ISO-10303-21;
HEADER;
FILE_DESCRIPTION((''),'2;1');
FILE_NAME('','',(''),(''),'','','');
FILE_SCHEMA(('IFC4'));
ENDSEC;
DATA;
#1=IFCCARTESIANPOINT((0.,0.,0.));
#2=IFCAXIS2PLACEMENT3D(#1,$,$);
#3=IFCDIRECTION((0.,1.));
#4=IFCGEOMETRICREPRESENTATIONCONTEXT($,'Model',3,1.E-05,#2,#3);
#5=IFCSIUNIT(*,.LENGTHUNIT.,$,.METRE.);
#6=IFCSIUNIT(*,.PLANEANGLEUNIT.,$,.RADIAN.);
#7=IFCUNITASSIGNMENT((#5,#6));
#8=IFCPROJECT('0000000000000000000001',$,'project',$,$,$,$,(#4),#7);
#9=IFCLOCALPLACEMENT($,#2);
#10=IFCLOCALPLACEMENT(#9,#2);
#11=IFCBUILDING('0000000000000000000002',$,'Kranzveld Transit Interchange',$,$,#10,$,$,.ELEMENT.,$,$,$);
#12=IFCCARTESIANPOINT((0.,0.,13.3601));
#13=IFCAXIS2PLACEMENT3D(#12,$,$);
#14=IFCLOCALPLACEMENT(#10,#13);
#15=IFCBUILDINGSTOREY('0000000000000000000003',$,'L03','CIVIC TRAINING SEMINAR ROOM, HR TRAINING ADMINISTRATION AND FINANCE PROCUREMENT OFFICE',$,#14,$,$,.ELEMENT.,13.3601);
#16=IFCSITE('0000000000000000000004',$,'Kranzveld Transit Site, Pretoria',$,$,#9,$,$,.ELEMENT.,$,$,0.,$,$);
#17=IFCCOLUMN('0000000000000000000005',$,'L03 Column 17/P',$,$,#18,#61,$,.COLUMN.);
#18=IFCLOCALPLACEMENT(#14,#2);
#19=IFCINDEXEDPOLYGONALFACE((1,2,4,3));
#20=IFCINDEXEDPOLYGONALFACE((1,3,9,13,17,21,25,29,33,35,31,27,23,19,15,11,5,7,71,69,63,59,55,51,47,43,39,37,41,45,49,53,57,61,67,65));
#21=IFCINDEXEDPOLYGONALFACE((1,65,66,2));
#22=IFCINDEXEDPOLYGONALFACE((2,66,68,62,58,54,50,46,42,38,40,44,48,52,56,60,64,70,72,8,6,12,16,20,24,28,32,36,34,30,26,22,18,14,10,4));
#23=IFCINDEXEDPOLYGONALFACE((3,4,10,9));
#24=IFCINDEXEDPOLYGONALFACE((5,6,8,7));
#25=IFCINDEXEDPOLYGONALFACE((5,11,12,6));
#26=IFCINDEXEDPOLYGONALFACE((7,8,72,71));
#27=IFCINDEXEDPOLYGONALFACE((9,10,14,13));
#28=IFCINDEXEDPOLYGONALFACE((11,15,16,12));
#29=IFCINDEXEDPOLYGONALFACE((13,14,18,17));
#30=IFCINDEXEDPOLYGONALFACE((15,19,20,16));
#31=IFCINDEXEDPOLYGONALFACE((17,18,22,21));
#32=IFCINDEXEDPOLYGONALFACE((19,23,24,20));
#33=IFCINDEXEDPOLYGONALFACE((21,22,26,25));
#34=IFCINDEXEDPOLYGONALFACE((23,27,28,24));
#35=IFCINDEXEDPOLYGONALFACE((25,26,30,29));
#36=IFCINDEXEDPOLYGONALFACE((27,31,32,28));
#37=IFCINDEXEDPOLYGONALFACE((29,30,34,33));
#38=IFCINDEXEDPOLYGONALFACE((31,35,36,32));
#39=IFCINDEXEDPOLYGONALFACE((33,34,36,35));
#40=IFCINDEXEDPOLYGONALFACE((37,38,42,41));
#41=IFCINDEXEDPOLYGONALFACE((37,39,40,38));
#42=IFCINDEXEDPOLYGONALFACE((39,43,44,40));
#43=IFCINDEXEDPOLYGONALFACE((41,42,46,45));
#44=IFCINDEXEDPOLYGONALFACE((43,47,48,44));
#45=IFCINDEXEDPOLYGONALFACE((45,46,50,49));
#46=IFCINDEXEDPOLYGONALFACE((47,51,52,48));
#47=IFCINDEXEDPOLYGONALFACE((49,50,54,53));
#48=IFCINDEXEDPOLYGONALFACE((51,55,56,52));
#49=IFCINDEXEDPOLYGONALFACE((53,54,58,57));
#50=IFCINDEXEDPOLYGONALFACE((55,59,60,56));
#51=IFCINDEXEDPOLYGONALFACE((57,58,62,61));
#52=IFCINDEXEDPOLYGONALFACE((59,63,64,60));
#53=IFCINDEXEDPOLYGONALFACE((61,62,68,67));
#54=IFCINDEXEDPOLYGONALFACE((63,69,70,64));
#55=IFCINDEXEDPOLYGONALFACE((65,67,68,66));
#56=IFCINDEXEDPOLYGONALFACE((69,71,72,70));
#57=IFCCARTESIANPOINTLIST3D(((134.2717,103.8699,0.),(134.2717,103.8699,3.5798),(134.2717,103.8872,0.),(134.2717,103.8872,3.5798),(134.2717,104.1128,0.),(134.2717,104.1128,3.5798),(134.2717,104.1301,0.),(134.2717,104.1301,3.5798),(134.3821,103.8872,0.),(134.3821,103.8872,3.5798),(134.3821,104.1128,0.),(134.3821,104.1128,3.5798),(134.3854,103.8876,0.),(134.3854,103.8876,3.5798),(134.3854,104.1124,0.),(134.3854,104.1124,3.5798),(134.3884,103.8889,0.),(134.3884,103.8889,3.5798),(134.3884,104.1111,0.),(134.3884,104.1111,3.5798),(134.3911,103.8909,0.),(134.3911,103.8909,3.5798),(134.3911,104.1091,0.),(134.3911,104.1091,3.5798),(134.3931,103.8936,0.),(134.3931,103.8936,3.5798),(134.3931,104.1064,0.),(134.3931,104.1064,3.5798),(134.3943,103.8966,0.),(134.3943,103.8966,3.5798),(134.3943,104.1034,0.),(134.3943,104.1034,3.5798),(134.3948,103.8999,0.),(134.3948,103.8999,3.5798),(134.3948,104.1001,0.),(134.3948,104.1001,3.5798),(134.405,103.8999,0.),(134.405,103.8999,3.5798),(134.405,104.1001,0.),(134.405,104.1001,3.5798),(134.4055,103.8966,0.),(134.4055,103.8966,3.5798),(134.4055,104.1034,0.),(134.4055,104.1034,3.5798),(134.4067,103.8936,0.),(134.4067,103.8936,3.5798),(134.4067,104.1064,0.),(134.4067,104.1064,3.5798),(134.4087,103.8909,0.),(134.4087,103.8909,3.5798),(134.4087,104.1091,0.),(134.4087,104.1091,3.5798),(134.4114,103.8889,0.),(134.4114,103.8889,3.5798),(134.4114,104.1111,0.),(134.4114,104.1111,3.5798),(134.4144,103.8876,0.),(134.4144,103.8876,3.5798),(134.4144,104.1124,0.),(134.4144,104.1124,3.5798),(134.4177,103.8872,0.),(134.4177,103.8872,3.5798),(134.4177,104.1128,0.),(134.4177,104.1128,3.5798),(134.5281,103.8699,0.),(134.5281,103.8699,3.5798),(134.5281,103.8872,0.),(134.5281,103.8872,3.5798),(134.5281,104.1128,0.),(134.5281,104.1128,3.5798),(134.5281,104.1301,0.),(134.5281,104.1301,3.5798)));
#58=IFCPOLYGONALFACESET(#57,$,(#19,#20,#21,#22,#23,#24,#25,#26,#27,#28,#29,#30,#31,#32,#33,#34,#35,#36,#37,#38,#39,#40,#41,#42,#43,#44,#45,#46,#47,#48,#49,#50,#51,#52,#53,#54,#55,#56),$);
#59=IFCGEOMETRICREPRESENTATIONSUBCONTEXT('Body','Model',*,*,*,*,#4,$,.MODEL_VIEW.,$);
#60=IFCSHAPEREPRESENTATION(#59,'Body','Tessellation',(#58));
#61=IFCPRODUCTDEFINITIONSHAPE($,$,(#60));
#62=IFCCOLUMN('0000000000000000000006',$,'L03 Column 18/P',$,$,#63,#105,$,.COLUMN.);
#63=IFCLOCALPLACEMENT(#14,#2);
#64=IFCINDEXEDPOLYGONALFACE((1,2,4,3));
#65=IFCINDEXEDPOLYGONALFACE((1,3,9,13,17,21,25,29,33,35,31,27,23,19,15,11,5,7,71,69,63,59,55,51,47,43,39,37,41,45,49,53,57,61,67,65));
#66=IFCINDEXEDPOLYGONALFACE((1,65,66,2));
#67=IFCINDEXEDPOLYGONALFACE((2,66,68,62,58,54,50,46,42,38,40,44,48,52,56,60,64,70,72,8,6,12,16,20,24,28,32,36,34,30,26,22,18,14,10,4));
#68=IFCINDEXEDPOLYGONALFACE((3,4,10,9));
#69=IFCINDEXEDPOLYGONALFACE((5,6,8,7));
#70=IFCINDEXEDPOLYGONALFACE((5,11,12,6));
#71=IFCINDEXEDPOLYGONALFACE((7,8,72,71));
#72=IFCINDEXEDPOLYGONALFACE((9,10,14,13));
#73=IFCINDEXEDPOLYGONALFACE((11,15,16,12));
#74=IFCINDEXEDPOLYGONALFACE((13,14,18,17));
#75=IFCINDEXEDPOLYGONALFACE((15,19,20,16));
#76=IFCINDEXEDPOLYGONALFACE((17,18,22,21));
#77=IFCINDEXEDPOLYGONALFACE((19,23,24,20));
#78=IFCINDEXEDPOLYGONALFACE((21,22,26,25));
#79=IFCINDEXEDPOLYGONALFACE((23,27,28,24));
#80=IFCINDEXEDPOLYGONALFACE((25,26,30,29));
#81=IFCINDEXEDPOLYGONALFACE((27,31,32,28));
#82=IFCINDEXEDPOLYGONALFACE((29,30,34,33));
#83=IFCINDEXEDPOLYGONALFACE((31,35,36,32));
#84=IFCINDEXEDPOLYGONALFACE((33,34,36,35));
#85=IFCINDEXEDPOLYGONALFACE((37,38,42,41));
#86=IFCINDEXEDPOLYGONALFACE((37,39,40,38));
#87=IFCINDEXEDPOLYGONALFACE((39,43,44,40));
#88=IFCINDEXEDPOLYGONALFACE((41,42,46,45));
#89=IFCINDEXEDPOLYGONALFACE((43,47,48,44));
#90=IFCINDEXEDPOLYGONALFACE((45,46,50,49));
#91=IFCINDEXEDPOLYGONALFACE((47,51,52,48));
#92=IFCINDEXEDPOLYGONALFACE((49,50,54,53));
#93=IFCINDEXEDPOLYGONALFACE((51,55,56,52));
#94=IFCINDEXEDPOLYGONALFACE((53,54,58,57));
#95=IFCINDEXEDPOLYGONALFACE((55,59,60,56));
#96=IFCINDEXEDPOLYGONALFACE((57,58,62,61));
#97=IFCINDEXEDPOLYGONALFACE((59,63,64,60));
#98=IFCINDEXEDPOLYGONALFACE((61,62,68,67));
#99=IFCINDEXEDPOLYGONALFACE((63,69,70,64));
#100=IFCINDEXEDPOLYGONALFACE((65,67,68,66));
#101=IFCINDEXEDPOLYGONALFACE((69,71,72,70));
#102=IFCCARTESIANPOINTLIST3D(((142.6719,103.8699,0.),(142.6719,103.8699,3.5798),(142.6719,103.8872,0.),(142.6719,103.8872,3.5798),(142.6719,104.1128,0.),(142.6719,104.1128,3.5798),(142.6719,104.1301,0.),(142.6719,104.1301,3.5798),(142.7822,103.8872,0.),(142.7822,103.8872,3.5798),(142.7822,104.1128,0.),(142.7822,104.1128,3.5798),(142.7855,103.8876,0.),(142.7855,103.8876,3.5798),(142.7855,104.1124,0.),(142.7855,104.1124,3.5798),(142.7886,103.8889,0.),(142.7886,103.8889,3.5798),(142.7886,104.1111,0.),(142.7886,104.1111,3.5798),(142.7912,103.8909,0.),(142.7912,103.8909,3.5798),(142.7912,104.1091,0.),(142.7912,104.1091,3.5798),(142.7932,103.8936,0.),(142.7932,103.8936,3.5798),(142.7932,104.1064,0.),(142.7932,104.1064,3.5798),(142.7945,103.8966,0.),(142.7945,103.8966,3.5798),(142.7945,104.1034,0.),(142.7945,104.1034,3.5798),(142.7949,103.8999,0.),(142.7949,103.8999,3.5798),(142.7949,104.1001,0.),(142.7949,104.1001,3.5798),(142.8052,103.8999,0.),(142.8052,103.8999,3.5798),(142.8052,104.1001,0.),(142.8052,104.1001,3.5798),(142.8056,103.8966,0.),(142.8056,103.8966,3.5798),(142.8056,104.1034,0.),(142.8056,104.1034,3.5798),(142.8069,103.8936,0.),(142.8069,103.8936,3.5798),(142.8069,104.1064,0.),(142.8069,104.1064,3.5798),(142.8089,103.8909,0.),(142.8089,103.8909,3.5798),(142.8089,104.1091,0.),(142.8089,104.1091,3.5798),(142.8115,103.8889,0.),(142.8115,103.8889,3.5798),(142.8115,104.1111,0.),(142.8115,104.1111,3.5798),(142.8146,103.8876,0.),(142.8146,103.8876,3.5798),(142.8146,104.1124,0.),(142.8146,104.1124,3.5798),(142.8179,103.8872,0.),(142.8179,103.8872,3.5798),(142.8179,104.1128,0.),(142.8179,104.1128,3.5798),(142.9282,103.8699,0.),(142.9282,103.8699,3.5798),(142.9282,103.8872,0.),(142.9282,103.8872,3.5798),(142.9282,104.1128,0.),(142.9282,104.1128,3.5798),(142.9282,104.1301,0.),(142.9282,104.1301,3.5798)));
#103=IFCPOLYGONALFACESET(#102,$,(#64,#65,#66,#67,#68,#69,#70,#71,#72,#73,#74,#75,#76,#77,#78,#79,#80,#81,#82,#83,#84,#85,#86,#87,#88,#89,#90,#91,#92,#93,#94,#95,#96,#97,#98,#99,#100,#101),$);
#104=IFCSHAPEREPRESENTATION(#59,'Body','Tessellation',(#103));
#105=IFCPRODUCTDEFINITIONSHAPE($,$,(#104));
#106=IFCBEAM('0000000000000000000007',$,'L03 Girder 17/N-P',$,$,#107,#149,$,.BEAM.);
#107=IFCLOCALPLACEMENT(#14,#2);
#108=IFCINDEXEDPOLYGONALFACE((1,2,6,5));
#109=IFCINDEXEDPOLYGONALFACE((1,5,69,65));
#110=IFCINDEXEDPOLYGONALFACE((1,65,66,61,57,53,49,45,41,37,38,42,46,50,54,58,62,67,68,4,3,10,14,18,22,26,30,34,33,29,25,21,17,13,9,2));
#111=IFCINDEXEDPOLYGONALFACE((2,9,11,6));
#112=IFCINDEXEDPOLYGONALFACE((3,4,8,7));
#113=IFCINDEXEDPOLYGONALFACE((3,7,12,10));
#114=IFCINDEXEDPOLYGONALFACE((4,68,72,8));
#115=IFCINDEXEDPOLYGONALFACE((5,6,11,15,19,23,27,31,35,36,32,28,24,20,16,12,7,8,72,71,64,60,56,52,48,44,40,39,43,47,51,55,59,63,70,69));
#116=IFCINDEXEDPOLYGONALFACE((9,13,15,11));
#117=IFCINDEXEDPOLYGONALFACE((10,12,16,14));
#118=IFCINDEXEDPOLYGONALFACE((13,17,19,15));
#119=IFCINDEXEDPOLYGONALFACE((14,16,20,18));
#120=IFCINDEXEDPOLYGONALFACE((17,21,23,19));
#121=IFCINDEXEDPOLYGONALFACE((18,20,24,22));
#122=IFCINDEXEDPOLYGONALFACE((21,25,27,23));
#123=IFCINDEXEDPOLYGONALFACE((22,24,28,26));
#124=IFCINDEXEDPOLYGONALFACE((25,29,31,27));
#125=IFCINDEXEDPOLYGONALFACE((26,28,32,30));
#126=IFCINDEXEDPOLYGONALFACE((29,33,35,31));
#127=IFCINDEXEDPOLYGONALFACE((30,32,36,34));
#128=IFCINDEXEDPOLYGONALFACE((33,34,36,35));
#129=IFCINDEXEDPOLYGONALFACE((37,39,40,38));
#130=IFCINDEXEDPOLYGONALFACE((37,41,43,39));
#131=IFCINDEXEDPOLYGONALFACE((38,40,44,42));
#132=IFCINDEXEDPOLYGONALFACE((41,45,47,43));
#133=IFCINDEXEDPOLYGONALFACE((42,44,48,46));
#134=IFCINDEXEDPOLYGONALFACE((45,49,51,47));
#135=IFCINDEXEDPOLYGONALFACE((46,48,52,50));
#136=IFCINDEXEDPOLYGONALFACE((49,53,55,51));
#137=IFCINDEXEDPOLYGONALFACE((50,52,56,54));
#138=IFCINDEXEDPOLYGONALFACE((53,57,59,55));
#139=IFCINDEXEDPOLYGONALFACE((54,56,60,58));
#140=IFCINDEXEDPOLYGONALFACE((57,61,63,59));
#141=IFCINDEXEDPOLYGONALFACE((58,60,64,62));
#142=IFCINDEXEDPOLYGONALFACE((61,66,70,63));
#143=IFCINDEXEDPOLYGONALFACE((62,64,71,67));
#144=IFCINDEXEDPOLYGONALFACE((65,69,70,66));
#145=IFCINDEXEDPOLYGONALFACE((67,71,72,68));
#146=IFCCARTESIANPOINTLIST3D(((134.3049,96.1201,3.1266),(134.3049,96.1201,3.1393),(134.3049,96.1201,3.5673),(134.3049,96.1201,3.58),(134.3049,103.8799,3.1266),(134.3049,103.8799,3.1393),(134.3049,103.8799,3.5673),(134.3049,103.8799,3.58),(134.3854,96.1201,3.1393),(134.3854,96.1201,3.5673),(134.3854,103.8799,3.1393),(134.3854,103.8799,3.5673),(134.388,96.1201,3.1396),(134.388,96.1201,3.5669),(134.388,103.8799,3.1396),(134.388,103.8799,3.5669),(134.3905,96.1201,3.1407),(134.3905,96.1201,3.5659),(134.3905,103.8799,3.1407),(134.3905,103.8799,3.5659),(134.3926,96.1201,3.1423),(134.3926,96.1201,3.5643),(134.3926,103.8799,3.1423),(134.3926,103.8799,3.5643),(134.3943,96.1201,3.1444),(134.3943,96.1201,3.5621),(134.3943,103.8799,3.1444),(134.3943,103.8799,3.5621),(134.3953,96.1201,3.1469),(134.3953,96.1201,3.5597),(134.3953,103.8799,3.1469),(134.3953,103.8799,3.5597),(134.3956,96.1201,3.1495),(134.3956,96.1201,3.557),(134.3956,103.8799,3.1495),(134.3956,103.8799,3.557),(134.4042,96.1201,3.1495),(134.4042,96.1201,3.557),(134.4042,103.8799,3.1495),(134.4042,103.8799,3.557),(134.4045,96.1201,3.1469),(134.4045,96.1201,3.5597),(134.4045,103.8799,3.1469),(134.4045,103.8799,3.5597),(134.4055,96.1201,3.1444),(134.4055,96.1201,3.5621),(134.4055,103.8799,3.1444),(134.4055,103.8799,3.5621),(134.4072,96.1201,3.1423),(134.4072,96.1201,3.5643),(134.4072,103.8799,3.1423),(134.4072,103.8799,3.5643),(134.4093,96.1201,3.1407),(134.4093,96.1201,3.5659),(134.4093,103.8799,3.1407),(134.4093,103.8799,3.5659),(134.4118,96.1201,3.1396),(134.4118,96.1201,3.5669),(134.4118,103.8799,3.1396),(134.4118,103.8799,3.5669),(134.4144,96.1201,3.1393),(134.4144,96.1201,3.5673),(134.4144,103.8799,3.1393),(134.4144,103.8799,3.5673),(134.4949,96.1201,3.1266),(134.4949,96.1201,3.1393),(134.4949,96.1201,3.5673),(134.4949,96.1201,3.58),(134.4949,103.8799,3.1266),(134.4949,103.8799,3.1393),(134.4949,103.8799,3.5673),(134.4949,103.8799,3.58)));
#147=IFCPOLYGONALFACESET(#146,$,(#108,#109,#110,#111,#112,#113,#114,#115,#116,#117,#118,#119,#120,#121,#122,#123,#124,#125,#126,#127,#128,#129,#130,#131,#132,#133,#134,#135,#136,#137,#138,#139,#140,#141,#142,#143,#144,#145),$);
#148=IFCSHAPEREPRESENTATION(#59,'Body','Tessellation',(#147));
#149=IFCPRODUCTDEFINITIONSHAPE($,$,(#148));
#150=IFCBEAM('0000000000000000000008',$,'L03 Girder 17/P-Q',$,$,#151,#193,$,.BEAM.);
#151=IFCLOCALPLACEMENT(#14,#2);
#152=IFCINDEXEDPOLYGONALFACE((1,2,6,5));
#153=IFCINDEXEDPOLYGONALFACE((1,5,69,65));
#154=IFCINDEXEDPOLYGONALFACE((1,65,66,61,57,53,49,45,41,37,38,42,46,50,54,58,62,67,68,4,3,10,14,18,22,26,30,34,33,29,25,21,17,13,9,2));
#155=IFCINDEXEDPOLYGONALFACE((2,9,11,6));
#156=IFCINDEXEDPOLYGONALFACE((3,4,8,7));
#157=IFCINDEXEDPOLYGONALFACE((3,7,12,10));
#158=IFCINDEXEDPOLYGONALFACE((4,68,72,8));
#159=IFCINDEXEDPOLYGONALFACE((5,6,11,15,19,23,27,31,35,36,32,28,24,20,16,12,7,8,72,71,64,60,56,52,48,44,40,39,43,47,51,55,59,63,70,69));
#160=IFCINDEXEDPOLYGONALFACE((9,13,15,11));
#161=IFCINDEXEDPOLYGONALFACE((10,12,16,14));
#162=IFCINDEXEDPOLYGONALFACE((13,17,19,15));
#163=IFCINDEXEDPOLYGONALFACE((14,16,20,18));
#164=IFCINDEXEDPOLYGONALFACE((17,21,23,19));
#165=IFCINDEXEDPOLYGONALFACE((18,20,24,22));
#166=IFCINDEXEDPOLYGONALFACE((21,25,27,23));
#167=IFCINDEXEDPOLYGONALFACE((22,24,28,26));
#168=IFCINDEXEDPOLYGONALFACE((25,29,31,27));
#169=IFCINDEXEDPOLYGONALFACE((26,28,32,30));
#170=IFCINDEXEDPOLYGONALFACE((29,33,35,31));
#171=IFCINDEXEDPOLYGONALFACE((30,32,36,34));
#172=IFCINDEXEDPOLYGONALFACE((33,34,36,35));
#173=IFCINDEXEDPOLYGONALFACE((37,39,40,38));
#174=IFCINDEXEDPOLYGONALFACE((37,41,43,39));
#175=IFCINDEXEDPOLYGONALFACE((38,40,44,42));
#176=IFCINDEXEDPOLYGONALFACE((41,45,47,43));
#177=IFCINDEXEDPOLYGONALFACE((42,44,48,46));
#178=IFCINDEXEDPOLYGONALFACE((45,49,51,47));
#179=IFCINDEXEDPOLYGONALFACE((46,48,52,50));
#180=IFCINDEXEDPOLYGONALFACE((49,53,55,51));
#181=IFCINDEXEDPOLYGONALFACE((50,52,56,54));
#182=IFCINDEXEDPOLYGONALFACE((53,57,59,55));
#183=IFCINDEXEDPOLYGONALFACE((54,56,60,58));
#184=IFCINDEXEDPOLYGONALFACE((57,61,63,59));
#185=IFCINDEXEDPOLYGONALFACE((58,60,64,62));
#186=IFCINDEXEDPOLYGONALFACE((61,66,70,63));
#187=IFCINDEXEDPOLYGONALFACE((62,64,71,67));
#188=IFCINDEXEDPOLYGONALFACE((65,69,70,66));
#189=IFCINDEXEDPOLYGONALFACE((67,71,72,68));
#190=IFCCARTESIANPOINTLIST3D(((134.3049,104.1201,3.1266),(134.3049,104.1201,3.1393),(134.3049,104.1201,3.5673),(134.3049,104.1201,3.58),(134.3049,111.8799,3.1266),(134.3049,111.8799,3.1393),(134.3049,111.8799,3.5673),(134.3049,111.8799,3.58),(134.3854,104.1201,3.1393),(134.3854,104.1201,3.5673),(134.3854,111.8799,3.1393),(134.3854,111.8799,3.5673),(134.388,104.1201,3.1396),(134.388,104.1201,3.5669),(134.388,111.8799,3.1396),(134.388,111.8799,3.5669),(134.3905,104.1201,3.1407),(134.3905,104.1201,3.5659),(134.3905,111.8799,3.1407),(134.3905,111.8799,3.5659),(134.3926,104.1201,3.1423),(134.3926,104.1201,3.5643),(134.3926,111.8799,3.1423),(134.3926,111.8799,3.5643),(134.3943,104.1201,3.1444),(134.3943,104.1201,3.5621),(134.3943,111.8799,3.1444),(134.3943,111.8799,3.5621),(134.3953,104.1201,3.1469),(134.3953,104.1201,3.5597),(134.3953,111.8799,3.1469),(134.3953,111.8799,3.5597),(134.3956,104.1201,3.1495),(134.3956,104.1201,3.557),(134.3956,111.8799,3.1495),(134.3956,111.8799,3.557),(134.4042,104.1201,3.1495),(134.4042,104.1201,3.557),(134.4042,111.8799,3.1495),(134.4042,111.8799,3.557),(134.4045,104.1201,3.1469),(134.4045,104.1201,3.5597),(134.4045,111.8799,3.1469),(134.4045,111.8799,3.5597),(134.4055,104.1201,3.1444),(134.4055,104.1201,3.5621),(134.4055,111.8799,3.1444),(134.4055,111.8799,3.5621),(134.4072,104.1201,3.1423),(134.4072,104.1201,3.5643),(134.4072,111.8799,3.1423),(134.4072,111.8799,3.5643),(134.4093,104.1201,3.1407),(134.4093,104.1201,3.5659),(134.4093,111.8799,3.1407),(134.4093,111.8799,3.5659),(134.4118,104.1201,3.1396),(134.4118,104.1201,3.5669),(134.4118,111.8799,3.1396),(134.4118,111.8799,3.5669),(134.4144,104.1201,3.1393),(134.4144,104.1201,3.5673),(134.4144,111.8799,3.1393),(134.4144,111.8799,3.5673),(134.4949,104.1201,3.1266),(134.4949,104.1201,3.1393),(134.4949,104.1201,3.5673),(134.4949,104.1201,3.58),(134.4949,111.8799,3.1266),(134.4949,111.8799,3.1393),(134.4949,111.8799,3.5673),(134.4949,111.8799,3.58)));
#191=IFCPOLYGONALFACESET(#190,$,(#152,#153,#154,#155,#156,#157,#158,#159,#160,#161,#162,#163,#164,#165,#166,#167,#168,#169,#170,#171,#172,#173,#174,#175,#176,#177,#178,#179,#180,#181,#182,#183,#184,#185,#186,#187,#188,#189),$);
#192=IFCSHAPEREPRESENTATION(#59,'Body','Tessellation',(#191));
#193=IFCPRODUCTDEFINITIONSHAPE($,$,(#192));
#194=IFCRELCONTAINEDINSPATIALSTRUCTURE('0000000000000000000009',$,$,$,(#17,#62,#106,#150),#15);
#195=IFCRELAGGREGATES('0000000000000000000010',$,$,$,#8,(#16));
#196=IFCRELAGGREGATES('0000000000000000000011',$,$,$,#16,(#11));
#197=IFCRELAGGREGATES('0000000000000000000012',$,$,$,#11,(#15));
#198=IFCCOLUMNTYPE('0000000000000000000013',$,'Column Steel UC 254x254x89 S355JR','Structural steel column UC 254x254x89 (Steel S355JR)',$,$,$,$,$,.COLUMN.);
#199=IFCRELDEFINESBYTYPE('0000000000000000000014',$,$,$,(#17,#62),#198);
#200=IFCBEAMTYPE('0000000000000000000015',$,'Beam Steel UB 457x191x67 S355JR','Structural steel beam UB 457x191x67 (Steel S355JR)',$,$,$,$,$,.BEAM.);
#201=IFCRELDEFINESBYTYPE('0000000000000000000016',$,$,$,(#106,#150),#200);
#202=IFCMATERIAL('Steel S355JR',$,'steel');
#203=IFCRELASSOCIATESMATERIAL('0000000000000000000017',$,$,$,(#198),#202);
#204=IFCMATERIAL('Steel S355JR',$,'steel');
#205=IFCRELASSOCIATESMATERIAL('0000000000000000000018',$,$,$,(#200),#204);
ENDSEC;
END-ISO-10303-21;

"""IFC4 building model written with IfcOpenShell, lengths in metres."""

from ifc_helpers import new_model, si_unit, direction, frame, origin, origin_2d, place, context, subcontext, project, spatial, i_section, extrude, material, material_profile, profile_set, type_object, element, save


model = new_model("IFC4")

# Units and contexts
model_context = context("Model", 3, precision=1e-05, world=origin(), true_north=direction((0.0, 1.0)))
body_context = subcontext(model_context, "Body", "Model", "MODEL_VIEW")
ifc_project = project(units=[si_unit("LENGTHUNIT", "METRE"), si_unit("PLANEANGLEUNIT", "RADIAN")], contexts=[model_context])

# Site, building, storey
site_placement = place(None, origin())
site = spatial("IfcSite", under=ifc_project, at=site_placement, Name="Kranzveld Transit Site, Pretoria", CompositionType="ELEMENT", RefElevation=0.0)
building_placement = place(site_placement, origin())
building = spatial("IfcBuilding", under=site, at=building_placement, Name="Kranzveld Transit Interchange", CompositionType="ELEMENT")
storey_placement = place(building_placement, frame((0.0, 0.0, 13.3601)))
storey = spatial("IfcBuildingStorey", under=building, at=storey_placement, Name="L03", Description="CIVIC TRAINING SEMINAR ROOM, HR TRAINING ADMINISTRATION AND FINANCE PROCUREMENT OFFICE", CompositionType="ELEMENT", Elevation=13.3601)

# Columns
ifc_material_1 = material(Name="Steel S355JR", Category="steel")
ifc_material_profile_1 = material_profile(ifc_material_1, i_section(OverallWidth=0.2563, OverallDepth=0.2603, WebThickness=0.0103, FlangeThickness=0.0173, FilletRadius=0.0127, at=origin_2d()), Name="UC 254x254x89")
ifc_profile_set_1 = profile_set([ifc_material_profile_1], Name="Steel S355JR")
column_type = type_object("IfcColumnType", Name="Column Steel UC 254x254x89 S355JR", Description="Structural steel column UC 254x254x89 (Steel S355JR)", PredefinedType="COLUMN", material=ifc_profile_set_1)
for number, where, z_axis, x_axis, name in (
    (1, (134.3999, 104.0, 0.0), (0.0, 0.0, 1.0), (1.0, 0.0, 0.0), "L03 Column 17/P"),
    (2, (142.8, 104.0, 0.0), (0.0, 0.0, 1.0), (1.0, 0.0, 0.0), "L03 Column 18/P"),
):
    element("IfcColumn", number, at=place(storey_placement, frame(where, z_axis=z_axis, x_axis=x_axis)), inside=storey, type_object=column_type, Name=name, PredefinedType="COLUMN", context=body_context, shape_type="SweptSolid", body=[
        extrude(i_section(OverallWidth=0.2563, OverallDepth=0.2603, WebThickness=0.0103, FlangeThickness=0.0173, FilletRadius=0.0127, at=origin_2d()), origin(), (0.0, 0.0, 1.0), 3.5798),
    ])

# Beams
ifc_material_2 = material(Name="Steel S355JR", Category="steel")
ifc_material_profile_2 = material_profile(ifc_material_2, i_section(OverallWidth=0.1899, OverallDepth=0.4534, WebThickness=0.0085, FlangeThickness=0.0127, FilletRadius=0.0103, at=origin_2d()), Name="UB 457x191x67")
ifc_profile_set_2 = profile_set([ifc_material_profile_2], Name="Steel S355JR")
beam_type_1 = type_object("IfcBeamType", Name="Beam Steel UB 457x191x67 S355JR", Description="Structural steel beam UB 457x191x67 (Steel S355JR)", PredefinedType="BEAM", material=ifc_profile_set_2)
for number, where, z_axis, x_axis, name in (
    (3, (134.3999, 96.1201, 3.3533), (0.0, 1.0, 0.0), (-1.0, 0.0, 0.0), "L03 Girder 17/N-P"),
    (4, (134.3999, 104.1201, 3.3533), (0.0, 1.0, 0.0), (-1.0, 0.0, 0.0), "L03 Girder 17/P-Q"),
):
    element("IfcBeam", number, at=place(storey_placement, frame(where, z_axis=z_axis, x_axis=x_axis)), inside=storey, type_object=beam_type_1, Name=name, PredefinedType="BEAM", context=body_context, shape_type="SweptSolid", body=[
        extrude(i_section(OverallWidth=0.1899, OverallDepth=0.4534, WebThickness=0.0085, FlangeThickness=0.0127, FilletRadius=0.0103, at=origin_2d()), origin(), (0.0, 0.0, 1.0), 7.7598),
    ])

save(model, "model.ifc")
